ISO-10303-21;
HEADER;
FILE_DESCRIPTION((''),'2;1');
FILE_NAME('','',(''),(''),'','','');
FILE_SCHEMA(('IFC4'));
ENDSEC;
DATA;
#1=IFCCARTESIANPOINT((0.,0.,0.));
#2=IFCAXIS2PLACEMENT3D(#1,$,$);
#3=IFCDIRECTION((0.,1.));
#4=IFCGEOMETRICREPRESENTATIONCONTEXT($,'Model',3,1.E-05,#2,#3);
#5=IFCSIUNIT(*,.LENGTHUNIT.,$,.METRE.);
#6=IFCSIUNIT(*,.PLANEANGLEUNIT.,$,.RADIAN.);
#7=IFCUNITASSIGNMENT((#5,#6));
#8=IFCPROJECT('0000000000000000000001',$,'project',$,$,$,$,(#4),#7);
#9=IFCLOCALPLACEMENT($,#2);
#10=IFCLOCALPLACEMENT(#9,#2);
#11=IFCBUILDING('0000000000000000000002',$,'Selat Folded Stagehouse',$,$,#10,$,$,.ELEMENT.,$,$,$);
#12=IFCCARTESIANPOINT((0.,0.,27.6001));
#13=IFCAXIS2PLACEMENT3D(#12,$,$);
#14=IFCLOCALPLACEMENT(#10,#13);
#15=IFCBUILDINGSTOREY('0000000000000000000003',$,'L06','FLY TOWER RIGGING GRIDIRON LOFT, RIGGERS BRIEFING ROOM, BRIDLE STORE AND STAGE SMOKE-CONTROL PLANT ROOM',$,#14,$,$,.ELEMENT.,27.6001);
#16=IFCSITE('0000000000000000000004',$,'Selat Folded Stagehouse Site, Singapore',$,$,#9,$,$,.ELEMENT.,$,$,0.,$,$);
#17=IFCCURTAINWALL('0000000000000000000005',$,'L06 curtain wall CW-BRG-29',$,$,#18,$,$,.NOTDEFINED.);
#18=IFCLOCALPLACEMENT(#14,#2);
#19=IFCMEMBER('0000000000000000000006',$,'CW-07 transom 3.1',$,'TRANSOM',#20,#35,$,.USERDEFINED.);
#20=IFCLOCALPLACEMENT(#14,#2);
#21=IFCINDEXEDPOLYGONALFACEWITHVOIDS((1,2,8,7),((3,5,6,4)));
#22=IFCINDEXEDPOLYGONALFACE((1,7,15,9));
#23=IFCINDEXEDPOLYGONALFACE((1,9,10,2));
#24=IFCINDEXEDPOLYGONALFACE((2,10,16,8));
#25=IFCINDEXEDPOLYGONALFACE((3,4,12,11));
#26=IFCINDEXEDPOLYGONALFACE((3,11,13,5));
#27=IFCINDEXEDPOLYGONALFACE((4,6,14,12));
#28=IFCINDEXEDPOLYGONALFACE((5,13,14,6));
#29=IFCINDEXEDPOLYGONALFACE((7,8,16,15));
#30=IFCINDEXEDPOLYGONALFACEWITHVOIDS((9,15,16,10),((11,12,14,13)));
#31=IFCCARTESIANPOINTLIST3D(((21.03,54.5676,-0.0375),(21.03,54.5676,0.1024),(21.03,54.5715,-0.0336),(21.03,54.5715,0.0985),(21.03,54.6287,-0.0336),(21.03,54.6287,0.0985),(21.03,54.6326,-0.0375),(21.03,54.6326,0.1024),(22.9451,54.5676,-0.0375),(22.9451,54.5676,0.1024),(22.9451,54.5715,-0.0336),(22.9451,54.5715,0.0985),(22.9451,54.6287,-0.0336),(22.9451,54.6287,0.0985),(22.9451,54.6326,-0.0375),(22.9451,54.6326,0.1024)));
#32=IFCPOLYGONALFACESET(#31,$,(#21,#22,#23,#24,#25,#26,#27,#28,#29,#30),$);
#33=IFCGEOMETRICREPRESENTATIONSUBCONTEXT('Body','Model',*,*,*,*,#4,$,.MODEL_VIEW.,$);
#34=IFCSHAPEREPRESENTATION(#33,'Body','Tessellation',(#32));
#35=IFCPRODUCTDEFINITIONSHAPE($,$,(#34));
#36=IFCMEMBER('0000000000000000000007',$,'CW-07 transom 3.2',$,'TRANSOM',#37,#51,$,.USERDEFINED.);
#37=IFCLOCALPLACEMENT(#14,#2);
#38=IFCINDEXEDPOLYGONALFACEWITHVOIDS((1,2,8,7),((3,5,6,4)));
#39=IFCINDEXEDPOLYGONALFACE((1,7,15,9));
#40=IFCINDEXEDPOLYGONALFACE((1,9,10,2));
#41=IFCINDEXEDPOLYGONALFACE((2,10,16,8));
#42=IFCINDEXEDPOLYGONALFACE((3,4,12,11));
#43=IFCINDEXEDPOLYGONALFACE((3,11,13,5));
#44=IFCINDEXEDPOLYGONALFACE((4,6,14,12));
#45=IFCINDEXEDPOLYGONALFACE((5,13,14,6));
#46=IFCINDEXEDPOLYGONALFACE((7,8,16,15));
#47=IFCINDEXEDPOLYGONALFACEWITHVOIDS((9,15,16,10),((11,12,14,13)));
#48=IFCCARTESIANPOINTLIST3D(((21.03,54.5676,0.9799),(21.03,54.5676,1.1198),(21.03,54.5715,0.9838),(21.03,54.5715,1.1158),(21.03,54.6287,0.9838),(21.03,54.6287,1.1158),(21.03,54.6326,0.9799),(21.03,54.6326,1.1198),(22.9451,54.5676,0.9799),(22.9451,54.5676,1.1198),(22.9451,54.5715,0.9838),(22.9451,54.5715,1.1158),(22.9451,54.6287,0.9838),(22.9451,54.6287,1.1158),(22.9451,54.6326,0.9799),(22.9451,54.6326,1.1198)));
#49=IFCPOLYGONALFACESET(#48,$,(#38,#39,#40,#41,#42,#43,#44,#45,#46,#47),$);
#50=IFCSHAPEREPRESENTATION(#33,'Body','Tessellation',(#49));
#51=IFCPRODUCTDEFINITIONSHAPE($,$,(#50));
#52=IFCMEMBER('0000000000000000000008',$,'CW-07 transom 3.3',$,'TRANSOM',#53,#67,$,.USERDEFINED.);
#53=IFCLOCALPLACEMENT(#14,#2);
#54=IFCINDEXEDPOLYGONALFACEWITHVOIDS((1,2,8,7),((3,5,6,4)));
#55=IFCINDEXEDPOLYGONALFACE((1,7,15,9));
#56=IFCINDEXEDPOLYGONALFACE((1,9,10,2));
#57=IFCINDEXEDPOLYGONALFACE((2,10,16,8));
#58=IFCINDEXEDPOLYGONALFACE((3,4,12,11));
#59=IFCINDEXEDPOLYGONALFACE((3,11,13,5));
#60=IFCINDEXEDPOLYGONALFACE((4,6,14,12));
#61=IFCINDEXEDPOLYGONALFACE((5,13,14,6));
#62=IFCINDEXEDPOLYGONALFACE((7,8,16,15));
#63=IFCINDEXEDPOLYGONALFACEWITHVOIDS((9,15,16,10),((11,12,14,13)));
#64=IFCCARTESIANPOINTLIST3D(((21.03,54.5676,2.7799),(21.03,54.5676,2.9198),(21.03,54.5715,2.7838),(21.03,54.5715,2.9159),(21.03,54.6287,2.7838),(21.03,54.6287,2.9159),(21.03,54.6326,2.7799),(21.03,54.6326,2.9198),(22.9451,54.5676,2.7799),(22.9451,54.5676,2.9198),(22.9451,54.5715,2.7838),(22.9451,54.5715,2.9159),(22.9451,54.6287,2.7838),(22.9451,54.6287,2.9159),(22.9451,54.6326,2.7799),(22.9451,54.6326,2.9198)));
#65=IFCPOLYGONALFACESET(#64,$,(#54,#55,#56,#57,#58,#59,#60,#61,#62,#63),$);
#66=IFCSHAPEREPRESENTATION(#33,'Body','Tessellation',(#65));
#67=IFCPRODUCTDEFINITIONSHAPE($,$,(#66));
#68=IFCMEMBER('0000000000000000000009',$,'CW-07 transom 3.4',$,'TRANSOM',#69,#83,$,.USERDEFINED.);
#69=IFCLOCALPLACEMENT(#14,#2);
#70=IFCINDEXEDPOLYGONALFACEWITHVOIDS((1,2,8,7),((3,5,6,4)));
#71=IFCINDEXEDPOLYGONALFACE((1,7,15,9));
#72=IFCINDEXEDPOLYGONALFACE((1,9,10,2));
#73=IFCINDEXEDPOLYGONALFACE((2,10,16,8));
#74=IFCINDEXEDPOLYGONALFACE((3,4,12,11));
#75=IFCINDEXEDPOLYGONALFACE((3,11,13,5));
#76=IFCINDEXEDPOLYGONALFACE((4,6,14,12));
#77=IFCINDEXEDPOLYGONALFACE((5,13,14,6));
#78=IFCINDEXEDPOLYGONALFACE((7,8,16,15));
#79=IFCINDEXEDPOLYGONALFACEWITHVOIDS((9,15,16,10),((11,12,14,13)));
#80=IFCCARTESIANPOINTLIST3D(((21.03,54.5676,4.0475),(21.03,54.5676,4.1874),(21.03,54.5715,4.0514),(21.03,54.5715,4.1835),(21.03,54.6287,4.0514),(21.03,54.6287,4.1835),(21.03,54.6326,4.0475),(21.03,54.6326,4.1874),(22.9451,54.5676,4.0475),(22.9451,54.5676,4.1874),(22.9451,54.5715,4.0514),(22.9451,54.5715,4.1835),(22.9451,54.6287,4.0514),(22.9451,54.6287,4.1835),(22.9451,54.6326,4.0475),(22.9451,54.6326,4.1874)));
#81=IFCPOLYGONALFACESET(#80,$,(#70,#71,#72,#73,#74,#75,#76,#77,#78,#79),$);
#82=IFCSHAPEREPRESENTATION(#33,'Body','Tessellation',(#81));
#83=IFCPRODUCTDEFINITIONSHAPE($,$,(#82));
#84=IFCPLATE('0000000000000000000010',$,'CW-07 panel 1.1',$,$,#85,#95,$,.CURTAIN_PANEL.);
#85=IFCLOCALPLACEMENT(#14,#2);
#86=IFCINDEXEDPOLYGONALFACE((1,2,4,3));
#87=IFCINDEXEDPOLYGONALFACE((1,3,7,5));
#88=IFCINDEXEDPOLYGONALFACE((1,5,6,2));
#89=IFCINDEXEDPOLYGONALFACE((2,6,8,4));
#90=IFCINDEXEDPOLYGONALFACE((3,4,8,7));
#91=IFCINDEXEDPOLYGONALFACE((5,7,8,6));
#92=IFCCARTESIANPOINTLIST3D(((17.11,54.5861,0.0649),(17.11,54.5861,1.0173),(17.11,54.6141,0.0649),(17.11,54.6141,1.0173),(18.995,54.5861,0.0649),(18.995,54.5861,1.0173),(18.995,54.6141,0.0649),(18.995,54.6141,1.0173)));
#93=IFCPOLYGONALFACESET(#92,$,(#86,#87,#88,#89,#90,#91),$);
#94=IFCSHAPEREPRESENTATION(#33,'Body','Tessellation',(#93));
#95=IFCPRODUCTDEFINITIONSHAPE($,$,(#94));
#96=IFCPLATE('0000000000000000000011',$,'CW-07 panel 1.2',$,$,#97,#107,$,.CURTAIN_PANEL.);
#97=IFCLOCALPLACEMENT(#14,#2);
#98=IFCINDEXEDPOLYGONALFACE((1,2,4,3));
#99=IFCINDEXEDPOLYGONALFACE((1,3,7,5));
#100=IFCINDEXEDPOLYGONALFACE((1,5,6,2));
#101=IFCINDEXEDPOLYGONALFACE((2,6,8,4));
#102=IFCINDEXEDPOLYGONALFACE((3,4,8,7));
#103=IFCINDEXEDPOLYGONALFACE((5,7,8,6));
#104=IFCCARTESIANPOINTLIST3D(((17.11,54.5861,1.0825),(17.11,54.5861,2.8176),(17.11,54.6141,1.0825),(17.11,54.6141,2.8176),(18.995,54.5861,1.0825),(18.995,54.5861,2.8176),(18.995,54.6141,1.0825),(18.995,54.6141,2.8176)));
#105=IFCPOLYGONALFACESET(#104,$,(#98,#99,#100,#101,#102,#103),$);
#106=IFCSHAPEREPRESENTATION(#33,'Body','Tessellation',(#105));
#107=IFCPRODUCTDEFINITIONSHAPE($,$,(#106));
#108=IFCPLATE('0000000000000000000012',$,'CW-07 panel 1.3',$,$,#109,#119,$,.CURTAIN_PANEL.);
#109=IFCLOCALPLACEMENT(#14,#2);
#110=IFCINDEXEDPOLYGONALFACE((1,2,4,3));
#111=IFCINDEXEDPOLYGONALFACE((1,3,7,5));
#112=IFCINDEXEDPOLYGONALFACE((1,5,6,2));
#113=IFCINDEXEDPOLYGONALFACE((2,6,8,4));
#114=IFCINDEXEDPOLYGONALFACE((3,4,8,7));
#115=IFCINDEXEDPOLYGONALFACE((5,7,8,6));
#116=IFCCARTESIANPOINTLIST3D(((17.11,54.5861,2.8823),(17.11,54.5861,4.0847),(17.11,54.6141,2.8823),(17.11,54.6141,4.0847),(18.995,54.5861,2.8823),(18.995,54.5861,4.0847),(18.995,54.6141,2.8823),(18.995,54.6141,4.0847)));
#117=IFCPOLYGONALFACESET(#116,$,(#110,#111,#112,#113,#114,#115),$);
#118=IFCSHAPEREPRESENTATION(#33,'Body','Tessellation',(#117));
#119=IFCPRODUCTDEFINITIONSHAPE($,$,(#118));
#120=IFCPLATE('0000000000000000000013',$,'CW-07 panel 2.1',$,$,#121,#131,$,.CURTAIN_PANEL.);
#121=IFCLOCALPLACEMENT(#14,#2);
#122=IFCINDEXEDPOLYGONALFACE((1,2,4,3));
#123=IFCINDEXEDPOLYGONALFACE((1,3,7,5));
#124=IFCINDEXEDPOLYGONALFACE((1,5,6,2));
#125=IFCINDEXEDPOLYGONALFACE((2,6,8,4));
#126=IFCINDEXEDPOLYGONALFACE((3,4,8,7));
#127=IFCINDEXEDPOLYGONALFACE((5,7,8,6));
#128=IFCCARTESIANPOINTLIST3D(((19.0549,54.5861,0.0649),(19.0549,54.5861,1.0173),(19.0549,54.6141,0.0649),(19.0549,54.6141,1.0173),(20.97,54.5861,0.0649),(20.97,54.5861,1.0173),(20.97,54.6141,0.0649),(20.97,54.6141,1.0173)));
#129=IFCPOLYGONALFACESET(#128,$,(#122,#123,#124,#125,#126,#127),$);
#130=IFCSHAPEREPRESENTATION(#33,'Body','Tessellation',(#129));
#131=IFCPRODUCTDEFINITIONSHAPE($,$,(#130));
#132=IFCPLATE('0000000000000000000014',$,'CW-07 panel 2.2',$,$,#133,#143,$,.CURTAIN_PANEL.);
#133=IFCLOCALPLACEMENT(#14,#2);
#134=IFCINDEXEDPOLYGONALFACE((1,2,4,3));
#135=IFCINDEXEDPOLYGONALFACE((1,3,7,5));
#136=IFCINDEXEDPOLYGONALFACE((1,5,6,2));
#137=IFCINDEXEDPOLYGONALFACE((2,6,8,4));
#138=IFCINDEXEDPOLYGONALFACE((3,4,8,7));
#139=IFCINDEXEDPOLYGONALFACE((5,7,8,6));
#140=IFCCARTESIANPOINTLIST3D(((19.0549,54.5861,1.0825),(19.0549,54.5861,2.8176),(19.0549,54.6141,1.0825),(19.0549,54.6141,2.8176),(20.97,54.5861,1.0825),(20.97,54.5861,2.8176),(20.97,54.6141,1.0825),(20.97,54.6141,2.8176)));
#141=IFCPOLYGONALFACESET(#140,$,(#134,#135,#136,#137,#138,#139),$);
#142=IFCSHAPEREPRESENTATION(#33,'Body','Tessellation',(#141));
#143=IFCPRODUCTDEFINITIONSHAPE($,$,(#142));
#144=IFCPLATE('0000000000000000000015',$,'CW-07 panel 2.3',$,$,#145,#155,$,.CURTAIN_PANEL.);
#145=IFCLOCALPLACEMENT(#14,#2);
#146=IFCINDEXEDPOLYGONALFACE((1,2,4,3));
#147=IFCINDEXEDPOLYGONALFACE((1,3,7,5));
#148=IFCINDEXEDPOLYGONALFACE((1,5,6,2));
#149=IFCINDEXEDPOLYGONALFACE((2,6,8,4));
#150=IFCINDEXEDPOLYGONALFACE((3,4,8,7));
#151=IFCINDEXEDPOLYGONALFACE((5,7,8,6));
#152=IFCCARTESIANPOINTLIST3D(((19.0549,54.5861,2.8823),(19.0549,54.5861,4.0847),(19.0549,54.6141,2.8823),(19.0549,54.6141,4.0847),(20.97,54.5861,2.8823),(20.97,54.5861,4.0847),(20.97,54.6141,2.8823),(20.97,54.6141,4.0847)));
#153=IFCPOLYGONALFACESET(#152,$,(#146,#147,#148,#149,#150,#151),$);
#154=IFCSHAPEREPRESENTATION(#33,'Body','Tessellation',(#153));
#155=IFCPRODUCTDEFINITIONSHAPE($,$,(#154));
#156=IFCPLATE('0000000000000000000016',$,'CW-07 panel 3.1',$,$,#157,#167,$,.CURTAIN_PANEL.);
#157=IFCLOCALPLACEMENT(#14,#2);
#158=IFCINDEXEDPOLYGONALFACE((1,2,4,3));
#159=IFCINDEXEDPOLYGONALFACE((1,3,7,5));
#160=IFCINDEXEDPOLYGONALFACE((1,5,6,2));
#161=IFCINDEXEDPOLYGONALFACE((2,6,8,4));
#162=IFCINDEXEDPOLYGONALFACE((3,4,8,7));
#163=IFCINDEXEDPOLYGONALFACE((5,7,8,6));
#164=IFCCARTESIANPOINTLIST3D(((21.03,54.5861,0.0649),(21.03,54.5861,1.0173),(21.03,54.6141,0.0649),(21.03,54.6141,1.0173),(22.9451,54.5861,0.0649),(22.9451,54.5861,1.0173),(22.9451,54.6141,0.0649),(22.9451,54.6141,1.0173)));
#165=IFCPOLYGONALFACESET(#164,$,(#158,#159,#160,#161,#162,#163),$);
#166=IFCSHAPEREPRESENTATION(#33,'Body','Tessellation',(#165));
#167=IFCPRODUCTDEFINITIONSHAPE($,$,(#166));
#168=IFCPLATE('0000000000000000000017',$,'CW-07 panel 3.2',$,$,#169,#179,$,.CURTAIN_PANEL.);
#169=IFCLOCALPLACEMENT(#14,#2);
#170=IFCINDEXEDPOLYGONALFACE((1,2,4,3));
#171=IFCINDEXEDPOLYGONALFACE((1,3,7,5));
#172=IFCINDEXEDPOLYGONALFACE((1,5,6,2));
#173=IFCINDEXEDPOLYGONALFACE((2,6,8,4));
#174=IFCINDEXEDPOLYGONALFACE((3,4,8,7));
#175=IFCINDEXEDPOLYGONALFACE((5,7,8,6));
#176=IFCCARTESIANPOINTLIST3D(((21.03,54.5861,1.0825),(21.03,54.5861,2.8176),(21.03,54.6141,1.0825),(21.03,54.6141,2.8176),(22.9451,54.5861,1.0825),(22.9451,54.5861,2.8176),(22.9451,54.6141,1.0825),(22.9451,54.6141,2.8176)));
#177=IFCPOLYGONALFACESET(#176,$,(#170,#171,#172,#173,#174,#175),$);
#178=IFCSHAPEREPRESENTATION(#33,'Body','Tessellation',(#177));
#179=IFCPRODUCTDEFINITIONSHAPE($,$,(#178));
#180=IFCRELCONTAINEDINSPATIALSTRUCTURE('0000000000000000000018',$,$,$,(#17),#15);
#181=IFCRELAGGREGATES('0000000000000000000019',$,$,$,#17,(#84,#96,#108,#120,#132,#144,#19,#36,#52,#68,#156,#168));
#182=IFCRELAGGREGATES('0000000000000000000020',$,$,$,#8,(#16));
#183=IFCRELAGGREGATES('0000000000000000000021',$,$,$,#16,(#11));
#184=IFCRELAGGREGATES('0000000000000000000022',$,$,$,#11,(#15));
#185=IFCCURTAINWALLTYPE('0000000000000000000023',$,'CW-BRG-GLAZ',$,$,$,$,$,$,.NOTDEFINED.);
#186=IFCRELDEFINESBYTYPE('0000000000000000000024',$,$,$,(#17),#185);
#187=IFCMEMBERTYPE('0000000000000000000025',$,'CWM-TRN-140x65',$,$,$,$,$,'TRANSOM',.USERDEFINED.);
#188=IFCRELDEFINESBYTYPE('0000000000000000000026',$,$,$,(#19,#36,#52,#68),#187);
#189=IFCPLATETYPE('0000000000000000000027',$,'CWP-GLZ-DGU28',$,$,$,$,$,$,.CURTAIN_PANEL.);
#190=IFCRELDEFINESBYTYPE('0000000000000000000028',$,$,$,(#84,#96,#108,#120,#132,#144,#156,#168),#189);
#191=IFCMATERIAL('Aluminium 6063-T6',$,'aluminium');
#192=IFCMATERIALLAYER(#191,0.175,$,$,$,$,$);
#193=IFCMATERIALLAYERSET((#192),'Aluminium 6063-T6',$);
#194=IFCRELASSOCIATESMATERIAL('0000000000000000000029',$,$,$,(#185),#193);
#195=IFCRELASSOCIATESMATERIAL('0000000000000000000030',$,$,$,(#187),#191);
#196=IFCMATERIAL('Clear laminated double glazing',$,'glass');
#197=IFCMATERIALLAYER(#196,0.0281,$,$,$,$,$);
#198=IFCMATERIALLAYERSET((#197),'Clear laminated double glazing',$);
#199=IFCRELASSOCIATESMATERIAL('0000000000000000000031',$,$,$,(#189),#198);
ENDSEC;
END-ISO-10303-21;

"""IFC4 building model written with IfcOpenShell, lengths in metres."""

from ifc_helpers import new_model, si_unit, direction, frame, origin, origin_2d, place, context, subcontext, project, spatial, rectangle, hollow_rectangle, extrude, material, layer, layer_set, material_profile, profile_set, type_object, element, aggregate, save


model = new_model("IFC4")

# Units and contexts
model_context = context("Model", 3, precision=1e-05, world=origin(), true_north=direction((0.0, 1.0)))
body_context = subcontext(model_context, "Body", "Model", "MODEL_VIEW")
ifc_project = project(units=[si_unit("LENGTHUNIT", "METRE"), si_unit("PLANEANGLEUNIT", "RADIAN")], contexts=[model_context])

# Site, building, storey
site_placement = place(None, origin())
site = spatial("IfcSite", under=ifc_project, at=site_placement, Name="Selat Folded Stagehouse Site, Singapore", CompositionType="ELEMENT", RefElevation=0.0)
building_placement = place(site_placement, origin())
building = spatial("IfcBuilding", under=site, at=building_placement, Name="Selat Folded Stagehouse", CompositionType="ELEMENT")
storey_placement = place(building_placement, frame((0.0, 0.0, 27.6001)))
storey = spatial("IfcBuildingStorey", under=building, at=storey_placement, Name="L06", Description="FLY TOWER RIGGING GRIDIRON LOFT, RIGGERS BRIEFING ROOM, BRIDLE STORE AND STAGE SMOKE-CONTROL PLANT ROOM", CompositionType="ELEMENT", Elevation=27.6001)

# Curtain wall, members, plates
ifc_material_1 = material(Name="Aluminium 6063-T6", Category="aluminium")
ifc_layer_1 = layer(ifc_material_1, 0.175)
ifc_layer_set_1 = layer_set([ifc_layer_1], Name="Aluminium 6063-T6")
curtain_wall_type = type_object("IfcCurtainWallType", Name="CW-BRG-GLAZ", PredefinedType="NOTDEFINED", material=ifc_layer_set_1)
curtain_wall_placement = place(storey_placement, origin())
curtain_wall = element("IfcCurtainWall", 1, at=curtain_wall_placement, inside=storey, type_object=curtain_wall_type, Name="L06 curtain wall CW-BRG-29", PredefinedType="NOTDEFINED")
ifc_material_profile_1 = material_profile(ifc_material_1, hollow_rectangle(XDim=0.0649, YDim=0.1399, WallThickness=0.0039, at=origin_2d()), Name="ALU 140x65x4.0")
ifc_profile_set_1 = profile_set([ifc_material_profile_1], Name="Aluminium 6063-T6")
member_type_1 = type_object("IfcMemberType", Name="CWM-TRN-140x65", ElementType="TRANSOM", PredefinedType="USERDEFINED", material=ifc_profile_set_1)
member_1_placement = place(storey_placement, frame((21.03, 54.6001, 0.0325), z_axis=(1.0, 0.0, 0.0), x_axis=(0.0, 1.0, 0.0)))
member_1 = element("IfcMember", 2, at=member_1_placement, type_object=member_type_1, Name="CW-07 transom 3.1", ObjectType="TRANSOM", PredefinedType="USERDEFINED", context=body_context, shape_type="SweptSolid", body=[
    extrude(hollow_rectangle(XDim=0.0649, YDim=0.1399, WallThickness=0.0039, at=origin_2d()), origin(), (0.0, 0.0, 1.0), 1.915),
])
member_2_placement = place(storey_placement, frame((21.03, 54.6001, 1.0498), z_axis=(1.0, 0.0, 0.0), x_axis=(0.0, 1.0, 0.0)))
member_2 = element("IfcMember", 3, at=member_2_placement, type_object=member_type_1, Name="CW-07 transom 3.2", ObjectType="TRANSOM", PredefinedType="USERDEFINED", context=body_context, shape_type="SweptSolid", body=[
    extrude(hollow_rectangle(XDim=0.0649, YDim=0.1399, WallThickness=0.0039, at=origin_2d()), origin(), (0.0, 0.0, 1.0), 1.915),
])
member_3_placement = place(storey_placement, frame((21.03, 54.6001, 2.8499), z_axis=(1.0, 0.0, 0.0), x_axis=(0.0, 1.0, 0.0)))
member_3 = element("IfcMember", 4, at=member_3_placement, type_object=member_type_1, Name="CW-07 transom 3.3", ObjectType="TRANSOM", PredefinedType="USERDEFINED", context=body_context, shape_type="SweptSolid", body=[
    extrude(hollow_rectangle(XDim=0.0649, YDim=0.1399, WallThickness=0.0039, at=origin_2d()), origin(), (0.0, 0.0, 1.0), 1.915),
])
member_4_placement = place(storey_placement, frame((21.03, 54.6001, 4.1174), z_axis=(1.0, 0.0, 0.0), x_axis=(0.0, 1.0, 0.0)))
member_4 = element("IfcMember", 5, at=member_4_placement, type_object=member_type_1, Name="CW-07 transom 3.4", ObjectType="TRANSOM", PredefinedType="USERDEFINED", context=body_context, shape_type="SweptSolid", body=[
    extrude(hollow_rectangle(XDim=0.0649, YDim=0.1399, WallThickness=0.0039, at=origin_2d()), origin(), (0.0, 0.0, 1.0), 1.915),
])
ifc_material_2 = material(Name="Clear laminated double glazing", Category="glass")
ifc_layer_2 = layer(ifc_material_2, 0.0281)
ifc_layer_set_2 = layer_set([ifc_layer_2], Name="Clear laminated double glazing")
plate_type = type_object("IfcPlateType", Name="CWP-GLZ-DGU28", PredefinedType="CURTAIN_PANEL", material=ifc_layer_set_2)
plate_1_placement = place(storey_placement, frame((18.0525, 54.6001, 0.0649), z_axis=(0.0, 0.0, 1.0), x_axis=(1.0, 0.0, 0.0)))
plate_1 = element("IfcPlate", 6, at=plate_1_placement, type_object=plate_type, Name="CW-07 panel 1.1", PredefinedType="CURTAIN_PANEL", context=body_context, shape_type="SweptSolid", body=[
    extrude(rectangle(XDim=1.885, YDim=0.0281, at=origin_2d()), origin(), (0.0, 0.0, 1.0), 0.9524),
])
plate_2_placement = place(storey_placement, frame((18.0525, 54.6001, 1.0825), z_axis=(0.0, 0.0, 1.0), x_axis=(1.0, 0.0, 0.0)))
plate_2 = element("IfcPlate", 7, at=plate_2_placement, type_object=plate_type, Name="CW-07 panel 1.2", PredefinedType="CURTAIN_PANEL", context=body_context, shape_type="SweptSolid", body=[
    extrude(rectangle(XDim=1.885, YDim=0.0281, at=origin_2d()), origin(), (0.0, 0.0, 1.0), 1.7351),
])
plate_3_placement = place(storey_placement, frame((18.0525, 54.6001, 2.8823), z_axis=(0.0, 0.0, 1.0), x_axis=(1.0, 0.0, 0.0)))
plate_3 = element("IfcPlate", 8, at=plate_3_placement, type_object=plate_type, Name="CW-07 panel 1.3", PredefinedType="CURTAIN_PANEL", context=body_context, shape_type="SweptSolid", body=[
    extrude(rectangle(XDim=1.885, YDim=0.0281, at=origin_2d()), origin(), (0.0, 0.0, 1.0), 1.2024),
])
plate_4_placement = place(storey_placement, frame((20.0125, 54.6001, 0.0649), z_axis=(0.0, 0.0, 1.0), x_axis=(1.0, 0.0, 0.0)))
plate_4 = element("IfcPlate", 9, at=plate_4_placement, type_object=plate_type, Name="CW-07 panel 2.1", PredefinedType="CURTAIN_PANEL", context=body_context, shape_type="SweptSolid", body=[
    extrude(rectangle(XDim=1.915, YDim=0.0281, at=origin_2d()), origin(), (0.0, 0.0, 1.0), 0.9524),
])
plate_5_placement = place(storey_placement, frame((20.0125, 54.6001, 1.0825), z_axis=(0.0, 0.0, 1.0), x_axis=(1.0, 0.0, 0.0)))
plate_5 = element("IfcPlate", 10, at=plate_5_placement, type_object=plate_type, Name="CW-07 panel 2.2", PredefinedType="CURTAIN_PANEL", context=body_context, shape_type="SweptSolid", body=[
    extrude(rectangle(XDim=1.915, YDim=0.0281, at=origin_2d()), origin(), (0.0, 0.0, 1.0), 1.7351),
])
plate_6_placement = place(storey_placement, frame((20.0125, 54.6001, 2.8823), z_axis=(0.0, 0.0, 1.0), x_axis=(1.0, 0.0, 0.0)))
plate_6 = element("IfcPlate", 11, at=plate_6_placement, type_object=plate_type, Name="CW-07 panel 2.3", PredefinedType="CURTAIN_PANEL", context=body_context, shape_type="SweptSolid", body=[
    extrude(rectangle(XDim=1.915, YDim=0.0281, at=origin_2d()), origin(), (0.0, 0.0, 1.0), 1.2024),
])
plate_7_placement = place(storey_placement, frame((21.9875, 54.6001, 0.0649), z_axis=(0.0, 0.0, 1.0), x_axis=(1.0, 0.0, 0.0)))
plate_7 = element("IfcPlate", 12, at=plate_7_placement, type_object=plate_type, Name="CW-07 panel 3.1", PredefinedType="CURTAIN_PANEL", context=body_context, shape_type="SweptSolid", body=[
    extrude(rectangle(XDim=1.915, YDim=0.0281, at=origin_2d()), origin(), (0.0, 0.0, 1.0), 0.9524),
])
plate_8_placement = place(storey_placement, frame((21.9875, 54.6001, 1.0825), z_axis=(0.0, 0.0, 1.0), x_axis=(1.0, 0.0, 0.0)))
plate_8 = element("IfcPlate", 13, at=plate_8_placement, type_object=plate_type, Name="CW-07 panel 3.2", PredefinedType="CURTAIN_PANEL", context=body_context, shape_type="SweptSolid", body=[
    extrude(rectangle(XDim=1.915, YDim=0.0281, at=origin_2d()), origin(), (0.0, 0.0, 1.0), 1.7351),
])
aggregate(curtain_wall, [plate_1, plate_2, plate_3, plate_4, plate_5, plate_6, member_1, member_2, member_3, member_4, plate_7, plate_8])

save(model, "model.ifc")
